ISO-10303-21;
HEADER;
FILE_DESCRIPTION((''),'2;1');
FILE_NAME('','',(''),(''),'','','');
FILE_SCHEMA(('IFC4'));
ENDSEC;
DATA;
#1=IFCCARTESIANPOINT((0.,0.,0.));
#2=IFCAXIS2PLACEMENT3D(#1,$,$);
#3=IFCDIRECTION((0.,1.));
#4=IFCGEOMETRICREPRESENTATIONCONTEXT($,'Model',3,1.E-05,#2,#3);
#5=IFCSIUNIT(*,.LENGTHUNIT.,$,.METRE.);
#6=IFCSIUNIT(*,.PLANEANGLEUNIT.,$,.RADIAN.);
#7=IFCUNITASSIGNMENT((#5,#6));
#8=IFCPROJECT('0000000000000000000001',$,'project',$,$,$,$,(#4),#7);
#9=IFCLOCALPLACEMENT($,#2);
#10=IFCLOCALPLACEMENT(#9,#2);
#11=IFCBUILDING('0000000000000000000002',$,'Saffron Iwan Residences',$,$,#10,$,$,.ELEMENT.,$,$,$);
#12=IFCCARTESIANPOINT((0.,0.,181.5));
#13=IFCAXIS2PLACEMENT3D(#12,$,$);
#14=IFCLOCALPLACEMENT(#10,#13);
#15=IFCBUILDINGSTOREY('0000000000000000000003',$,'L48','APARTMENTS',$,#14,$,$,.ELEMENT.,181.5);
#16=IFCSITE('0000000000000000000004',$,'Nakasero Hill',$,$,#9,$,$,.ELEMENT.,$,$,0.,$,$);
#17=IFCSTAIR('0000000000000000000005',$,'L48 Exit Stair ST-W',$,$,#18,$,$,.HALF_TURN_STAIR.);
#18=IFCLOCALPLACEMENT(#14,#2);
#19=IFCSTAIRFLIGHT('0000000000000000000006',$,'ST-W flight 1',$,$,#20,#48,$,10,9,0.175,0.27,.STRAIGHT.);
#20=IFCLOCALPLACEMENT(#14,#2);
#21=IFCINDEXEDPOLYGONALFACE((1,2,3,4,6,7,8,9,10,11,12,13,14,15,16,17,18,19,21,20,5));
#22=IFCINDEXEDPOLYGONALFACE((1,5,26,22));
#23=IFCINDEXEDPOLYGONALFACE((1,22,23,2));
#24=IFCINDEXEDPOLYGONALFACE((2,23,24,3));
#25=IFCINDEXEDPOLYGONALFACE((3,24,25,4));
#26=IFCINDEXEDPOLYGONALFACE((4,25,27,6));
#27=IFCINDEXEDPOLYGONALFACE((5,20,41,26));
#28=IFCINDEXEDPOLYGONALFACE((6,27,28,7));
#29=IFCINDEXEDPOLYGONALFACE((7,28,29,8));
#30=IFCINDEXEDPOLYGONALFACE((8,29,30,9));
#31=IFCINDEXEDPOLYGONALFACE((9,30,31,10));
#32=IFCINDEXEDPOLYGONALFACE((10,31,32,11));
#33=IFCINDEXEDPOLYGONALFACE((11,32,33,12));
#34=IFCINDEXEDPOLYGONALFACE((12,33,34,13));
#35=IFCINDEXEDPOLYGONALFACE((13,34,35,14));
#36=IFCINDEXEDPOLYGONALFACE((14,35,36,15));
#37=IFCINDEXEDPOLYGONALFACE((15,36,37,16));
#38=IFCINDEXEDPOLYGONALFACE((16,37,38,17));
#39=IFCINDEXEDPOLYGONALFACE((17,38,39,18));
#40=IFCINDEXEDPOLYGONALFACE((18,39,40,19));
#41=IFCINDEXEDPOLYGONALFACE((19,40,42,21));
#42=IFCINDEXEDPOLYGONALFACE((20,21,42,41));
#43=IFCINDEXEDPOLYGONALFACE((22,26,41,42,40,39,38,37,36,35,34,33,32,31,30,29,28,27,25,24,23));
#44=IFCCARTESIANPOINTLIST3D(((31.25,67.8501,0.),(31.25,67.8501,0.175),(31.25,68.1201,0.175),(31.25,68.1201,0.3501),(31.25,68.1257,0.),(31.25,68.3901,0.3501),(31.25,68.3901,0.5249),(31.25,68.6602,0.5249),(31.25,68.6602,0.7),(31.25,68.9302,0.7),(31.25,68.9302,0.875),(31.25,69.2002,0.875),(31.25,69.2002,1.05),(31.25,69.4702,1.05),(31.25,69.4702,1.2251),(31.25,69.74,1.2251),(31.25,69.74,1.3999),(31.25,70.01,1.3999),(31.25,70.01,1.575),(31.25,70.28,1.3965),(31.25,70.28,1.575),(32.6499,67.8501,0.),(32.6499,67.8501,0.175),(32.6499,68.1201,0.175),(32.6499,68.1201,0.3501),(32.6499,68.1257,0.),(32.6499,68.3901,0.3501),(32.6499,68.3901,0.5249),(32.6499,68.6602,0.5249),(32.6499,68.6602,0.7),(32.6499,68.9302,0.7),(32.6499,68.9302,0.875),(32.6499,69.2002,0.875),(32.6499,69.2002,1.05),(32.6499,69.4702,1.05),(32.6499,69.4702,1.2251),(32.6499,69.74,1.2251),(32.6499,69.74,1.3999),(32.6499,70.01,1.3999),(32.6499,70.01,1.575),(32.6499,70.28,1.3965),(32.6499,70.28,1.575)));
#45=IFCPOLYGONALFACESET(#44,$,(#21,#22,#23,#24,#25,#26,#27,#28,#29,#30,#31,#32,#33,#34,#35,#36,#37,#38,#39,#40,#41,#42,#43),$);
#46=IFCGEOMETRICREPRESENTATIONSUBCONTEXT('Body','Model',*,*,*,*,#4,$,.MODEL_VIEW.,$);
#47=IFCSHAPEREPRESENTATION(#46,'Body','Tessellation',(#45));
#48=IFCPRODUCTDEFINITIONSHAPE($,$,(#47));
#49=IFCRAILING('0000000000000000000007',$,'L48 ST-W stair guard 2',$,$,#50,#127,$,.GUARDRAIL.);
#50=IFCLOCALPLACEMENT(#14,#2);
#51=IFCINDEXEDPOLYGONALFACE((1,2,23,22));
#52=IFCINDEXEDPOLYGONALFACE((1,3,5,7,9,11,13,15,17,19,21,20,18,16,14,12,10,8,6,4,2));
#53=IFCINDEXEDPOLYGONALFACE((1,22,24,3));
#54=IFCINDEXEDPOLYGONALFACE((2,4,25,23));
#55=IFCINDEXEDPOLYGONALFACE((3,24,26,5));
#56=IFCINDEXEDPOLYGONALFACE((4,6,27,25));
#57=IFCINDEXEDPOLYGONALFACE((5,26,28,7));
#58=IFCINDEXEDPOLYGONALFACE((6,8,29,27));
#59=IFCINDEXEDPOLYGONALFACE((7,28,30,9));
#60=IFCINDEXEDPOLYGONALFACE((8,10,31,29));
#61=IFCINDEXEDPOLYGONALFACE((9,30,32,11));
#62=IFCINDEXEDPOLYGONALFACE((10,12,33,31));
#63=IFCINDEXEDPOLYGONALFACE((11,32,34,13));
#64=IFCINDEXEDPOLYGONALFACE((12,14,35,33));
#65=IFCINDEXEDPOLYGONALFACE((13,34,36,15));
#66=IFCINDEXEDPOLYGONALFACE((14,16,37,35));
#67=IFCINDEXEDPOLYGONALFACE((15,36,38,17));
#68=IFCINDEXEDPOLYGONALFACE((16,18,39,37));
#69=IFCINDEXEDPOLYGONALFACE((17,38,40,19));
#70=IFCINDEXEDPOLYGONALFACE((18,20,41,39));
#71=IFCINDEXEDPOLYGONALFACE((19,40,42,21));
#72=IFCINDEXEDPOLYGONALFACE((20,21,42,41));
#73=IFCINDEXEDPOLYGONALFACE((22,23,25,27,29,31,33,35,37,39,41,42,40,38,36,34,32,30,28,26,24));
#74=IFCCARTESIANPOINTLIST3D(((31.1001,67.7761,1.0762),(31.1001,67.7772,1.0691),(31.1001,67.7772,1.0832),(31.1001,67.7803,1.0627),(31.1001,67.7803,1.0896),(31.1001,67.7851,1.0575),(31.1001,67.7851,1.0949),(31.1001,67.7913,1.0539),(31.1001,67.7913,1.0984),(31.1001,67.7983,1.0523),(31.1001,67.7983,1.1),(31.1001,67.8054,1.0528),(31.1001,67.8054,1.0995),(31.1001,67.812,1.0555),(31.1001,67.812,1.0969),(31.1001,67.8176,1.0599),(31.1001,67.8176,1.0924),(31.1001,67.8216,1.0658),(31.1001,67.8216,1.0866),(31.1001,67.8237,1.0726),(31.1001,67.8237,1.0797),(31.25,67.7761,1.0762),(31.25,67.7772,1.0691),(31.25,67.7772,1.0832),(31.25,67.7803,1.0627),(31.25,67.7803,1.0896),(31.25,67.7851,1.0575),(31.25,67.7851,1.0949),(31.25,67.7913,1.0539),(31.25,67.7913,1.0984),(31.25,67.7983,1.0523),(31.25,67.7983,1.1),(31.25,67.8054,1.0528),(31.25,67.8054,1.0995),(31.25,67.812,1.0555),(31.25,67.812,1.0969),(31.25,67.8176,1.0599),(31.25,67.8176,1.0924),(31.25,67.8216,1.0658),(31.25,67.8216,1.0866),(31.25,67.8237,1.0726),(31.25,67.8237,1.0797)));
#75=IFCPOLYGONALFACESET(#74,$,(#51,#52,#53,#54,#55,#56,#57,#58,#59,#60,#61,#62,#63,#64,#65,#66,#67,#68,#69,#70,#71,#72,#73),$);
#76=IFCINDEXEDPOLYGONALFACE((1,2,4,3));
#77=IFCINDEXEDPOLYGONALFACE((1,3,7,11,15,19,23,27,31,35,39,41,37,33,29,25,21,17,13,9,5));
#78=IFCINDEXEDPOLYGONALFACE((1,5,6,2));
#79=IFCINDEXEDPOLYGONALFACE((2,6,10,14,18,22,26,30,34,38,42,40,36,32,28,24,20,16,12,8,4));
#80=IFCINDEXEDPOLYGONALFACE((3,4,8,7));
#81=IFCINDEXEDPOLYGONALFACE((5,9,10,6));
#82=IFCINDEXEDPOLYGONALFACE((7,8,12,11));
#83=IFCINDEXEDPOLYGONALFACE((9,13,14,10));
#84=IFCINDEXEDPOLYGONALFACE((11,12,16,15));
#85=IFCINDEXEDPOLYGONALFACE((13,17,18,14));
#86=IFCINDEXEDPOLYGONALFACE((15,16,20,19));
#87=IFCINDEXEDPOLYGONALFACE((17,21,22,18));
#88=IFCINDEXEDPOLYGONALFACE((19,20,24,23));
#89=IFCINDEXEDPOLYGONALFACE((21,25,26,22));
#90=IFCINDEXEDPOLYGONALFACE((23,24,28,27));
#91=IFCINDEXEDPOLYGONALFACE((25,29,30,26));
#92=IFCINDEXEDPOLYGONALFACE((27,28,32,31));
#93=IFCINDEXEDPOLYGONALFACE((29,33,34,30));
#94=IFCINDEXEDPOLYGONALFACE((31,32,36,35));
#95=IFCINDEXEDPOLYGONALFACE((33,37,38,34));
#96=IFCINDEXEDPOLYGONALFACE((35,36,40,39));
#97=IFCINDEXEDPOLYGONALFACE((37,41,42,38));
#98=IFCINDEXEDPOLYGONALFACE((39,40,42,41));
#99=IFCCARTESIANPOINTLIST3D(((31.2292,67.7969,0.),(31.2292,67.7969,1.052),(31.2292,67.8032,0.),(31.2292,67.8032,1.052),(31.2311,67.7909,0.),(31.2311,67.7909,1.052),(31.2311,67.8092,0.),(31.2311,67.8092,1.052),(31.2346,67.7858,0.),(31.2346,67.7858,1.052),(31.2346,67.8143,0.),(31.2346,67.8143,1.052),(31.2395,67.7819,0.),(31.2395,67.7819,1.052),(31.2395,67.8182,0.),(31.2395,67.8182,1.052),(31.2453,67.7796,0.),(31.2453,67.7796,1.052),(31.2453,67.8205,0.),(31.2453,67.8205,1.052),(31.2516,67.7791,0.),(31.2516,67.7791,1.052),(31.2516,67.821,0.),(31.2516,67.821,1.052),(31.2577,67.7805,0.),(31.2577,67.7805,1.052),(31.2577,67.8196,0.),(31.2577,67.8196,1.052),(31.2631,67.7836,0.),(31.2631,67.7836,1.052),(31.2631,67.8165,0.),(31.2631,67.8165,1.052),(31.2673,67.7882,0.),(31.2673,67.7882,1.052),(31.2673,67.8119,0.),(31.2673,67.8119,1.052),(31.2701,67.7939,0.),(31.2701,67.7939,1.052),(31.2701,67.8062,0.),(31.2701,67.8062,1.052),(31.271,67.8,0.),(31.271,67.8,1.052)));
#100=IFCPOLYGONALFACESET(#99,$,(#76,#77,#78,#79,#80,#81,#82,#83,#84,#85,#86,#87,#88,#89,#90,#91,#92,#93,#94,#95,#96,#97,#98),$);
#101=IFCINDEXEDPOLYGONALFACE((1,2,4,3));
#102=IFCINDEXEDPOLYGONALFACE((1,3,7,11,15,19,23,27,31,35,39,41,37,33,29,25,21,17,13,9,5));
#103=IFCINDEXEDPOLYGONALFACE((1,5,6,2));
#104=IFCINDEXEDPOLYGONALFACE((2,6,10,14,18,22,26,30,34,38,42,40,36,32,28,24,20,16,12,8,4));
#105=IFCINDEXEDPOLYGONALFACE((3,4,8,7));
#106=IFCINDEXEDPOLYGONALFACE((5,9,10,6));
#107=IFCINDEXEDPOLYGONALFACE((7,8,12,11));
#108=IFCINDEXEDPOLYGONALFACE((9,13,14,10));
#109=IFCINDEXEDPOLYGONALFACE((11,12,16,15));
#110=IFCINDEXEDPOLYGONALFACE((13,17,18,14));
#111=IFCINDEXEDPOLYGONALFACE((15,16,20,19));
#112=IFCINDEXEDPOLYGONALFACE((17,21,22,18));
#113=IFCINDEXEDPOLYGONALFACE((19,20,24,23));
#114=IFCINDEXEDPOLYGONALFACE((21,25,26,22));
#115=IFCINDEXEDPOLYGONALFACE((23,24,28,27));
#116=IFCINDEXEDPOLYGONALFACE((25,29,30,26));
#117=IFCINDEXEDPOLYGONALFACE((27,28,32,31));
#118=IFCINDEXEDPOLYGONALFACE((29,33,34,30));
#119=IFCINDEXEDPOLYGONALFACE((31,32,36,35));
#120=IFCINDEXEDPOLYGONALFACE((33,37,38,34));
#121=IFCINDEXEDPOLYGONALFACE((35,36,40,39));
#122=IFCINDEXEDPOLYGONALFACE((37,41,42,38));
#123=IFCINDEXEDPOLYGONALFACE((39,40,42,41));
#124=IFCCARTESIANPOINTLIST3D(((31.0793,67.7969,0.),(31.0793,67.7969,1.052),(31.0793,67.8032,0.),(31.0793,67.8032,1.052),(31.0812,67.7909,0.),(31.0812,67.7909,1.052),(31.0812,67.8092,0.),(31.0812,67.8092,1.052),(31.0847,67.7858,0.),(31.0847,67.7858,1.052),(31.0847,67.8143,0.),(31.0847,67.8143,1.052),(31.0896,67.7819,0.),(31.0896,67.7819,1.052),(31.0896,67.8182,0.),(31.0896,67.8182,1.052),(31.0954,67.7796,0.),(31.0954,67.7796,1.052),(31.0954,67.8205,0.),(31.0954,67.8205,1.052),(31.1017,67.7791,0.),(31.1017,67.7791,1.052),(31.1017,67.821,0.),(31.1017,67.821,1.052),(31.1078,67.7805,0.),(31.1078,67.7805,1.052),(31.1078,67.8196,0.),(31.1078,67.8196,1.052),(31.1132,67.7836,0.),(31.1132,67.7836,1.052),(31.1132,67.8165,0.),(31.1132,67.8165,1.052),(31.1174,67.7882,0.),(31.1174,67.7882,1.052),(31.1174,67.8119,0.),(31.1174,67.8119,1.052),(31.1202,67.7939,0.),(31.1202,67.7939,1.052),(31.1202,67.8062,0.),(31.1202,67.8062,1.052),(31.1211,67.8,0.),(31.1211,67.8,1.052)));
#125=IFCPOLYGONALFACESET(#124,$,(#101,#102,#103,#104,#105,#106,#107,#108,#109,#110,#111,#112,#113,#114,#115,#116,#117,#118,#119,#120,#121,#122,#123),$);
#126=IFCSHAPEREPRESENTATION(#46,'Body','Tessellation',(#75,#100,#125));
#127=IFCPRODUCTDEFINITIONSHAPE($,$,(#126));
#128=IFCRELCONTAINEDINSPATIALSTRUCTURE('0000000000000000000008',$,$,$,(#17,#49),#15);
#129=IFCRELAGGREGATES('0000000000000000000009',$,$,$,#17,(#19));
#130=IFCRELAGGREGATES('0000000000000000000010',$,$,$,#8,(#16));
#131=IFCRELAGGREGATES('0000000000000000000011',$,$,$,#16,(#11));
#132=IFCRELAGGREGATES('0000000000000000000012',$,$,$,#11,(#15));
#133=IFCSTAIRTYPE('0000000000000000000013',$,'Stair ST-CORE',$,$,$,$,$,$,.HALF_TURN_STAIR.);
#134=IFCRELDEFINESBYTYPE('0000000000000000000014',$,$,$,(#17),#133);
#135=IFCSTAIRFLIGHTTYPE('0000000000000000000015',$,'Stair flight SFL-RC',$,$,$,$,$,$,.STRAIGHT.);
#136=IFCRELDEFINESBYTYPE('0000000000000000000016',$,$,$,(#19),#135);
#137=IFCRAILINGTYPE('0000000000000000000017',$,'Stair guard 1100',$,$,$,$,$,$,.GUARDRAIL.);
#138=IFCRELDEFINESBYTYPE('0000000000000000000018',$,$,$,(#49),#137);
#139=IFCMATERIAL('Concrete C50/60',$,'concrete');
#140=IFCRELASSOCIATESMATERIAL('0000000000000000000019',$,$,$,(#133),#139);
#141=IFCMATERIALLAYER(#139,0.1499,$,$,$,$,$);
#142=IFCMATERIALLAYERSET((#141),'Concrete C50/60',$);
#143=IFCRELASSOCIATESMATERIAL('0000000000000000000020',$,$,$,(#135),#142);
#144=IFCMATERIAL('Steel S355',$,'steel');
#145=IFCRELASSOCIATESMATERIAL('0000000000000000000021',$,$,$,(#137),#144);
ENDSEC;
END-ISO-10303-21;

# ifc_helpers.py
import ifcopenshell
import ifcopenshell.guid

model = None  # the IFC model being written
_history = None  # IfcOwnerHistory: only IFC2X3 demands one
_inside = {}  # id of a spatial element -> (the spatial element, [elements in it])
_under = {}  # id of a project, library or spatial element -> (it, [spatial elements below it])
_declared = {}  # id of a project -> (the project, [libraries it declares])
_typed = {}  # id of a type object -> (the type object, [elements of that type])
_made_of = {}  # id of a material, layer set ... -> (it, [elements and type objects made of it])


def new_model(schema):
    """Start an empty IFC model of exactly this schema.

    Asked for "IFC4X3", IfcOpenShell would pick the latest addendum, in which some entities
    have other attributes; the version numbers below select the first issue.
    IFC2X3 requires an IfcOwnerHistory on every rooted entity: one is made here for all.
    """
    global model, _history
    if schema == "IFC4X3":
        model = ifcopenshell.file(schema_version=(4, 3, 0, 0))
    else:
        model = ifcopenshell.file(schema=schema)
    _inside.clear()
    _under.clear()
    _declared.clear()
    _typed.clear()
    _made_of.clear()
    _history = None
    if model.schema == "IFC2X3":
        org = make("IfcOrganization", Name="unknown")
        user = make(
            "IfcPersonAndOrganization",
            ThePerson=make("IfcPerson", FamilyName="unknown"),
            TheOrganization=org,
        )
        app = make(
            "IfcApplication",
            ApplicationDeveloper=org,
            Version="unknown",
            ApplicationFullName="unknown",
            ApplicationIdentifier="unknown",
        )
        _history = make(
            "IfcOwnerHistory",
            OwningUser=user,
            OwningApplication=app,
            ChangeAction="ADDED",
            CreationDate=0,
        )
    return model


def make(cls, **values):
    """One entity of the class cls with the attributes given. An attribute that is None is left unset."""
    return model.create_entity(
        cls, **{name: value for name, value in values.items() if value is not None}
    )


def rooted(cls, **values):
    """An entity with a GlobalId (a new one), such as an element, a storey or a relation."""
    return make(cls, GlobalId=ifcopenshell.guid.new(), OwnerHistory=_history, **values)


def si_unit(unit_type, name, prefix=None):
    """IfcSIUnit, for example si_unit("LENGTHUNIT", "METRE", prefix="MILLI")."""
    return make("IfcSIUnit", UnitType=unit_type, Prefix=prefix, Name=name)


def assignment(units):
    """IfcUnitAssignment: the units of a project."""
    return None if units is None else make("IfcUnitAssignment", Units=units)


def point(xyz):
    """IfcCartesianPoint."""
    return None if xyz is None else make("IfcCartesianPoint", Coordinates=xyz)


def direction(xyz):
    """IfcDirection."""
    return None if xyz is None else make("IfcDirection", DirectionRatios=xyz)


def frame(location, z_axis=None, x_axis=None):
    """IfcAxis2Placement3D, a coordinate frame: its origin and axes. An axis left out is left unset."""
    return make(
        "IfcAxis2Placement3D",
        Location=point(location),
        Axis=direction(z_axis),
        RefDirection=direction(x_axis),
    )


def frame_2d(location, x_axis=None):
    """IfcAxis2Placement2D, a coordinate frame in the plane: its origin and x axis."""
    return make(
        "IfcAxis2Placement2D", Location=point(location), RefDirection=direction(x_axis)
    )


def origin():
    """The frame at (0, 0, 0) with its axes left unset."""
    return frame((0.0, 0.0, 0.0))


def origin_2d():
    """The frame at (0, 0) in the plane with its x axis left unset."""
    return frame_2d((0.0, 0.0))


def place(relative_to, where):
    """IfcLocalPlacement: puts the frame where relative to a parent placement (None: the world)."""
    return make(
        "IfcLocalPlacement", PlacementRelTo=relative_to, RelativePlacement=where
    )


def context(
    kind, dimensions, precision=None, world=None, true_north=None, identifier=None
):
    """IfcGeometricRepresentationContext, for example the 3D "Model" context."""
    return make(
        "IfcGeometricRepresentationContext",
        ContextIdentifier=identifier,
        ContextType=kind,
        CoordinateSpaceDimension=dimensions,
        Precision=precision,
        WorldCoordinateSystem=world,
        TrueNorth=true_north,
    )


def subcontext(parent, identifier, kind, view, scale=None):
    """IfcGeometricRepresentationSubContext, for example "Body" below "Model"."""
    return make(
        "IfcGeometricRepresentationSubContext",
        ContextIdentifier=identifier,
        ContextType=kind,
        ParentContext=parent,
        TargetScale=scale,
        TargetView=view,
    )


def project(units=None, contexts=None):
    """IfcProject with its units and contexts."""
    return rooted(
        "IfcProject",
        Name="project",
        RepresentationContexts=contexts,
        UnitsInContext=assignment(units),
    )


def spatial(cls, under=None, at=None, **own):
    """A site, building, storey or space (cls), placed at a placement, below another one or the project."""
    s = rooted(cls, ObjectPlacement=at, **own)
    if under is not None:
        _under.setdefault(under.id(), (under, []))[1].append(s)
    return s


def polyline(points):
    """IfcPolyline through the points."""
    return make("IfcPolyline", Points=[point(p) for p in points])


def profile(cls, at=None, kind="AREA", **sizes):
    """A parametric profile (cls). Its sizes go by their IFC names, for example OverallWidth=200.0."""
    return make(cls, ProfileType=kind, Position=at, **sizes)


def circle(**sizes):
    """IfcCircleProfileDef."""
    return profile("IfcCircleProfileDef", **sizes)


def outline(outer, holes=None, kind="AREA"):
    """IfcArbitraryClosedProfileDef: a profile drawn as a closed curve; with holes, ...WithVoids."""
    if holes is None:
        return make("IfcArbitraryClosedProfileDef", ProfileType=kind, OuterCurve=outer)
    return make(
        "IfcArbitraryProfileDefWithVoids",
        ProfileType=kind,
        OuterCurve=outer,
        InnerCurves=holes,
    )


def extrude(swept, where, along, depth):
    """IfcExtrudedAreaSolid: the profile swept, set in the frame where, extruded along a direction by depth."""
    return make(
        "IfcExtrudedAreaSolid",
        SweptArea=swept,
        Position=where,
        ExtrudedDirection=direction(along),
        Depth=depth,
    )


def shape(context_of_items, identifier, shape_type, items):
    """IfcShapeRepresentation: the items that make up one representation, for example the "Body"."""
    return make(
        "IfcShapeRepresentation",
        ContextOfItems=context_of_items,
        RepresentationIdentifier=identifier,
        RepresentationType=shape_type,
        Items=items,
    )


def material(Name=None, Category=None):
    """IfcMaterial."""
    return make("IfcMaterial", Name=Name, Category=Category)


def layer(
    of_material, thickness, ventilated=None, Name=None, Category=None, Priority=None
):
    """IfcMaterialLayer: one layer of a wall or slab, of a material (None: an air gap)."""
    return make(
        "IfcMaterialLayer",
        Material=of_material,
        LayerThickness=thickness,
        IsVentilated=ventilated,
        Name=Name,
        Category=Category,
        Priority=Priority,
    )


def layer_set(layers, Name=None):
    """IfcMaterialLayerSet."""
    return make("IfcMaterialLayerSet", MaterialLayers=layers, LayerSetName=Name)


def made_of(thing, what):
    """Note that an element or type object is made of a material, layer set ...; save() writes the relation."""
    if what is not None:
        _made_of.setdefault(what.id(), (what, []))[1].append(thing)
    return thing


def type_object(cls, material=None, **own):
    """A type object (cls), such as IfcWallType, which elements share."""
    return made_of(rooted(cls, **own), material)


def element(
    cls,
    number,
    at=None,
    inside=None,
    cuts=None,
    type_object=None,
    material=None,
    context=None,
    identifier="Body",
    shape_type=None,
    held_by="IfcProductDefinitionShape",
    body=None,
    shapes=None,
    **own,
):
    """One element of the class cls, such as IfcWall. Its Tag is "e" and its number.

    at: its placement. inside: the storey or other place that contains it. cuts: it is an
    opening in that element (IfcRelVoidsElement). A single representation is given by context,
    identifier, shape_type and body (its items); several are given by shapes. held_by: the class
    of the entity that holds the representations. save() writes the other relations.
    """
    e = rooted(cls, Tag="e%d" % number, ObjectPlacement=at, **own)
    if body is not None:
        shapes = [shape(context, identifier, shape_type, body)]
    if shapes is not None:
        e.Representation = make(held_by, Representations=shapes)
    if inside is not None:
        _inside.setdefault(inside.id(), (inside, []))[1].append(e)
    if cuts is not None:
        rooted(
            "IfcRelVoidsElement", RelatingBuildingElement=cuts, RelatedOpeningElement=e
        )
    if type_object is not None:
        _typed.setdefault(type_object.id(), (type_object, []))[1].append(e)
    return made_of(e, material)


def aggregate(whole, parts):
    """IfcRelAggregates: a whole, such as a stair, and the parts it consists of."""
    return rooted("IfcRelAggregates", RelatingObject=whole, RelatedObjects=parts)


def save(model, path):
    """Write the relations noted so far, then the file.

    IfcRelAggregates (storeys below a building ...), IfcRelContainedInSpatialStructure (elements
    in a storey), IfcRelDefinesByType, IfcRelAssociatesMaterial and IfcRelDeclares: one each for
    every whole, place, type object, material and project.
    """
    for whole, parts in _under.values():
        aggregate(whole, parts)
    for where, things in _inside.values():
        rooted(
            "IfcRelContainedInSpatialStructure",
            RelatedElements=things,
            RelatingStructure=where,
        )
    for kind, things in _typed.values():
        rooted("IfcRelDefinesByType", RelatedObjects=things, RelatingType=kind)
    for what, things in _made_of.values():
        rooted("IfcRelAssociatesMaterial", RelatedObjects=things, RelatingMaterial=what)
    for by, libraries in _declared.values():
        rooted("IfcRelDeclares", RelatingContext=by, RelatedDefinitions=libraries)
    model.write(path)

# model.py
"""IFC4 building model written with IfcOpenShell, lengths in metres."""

from ifc_helpers import new_model, si_unit, direction, frame, origin, origin_2d, place, context, subcontext, project, spatial, polyline, circle, outline, extrude, material, layer, layer_set, type_object, element, aggregate, save


model = new_model("IFC4")

# Units and contexts
model_context = context("Model", 3, precision=1e-05, world=origin(), true_north=direction((0.0, 1.0)))
body_context = subcontext(model_context, "Body", "Model", "MODEL_VIEW")
ifc_project = project(units=[si_unit("LENGTHUNIT", "METRE"), si_unit("PLANEANGLEUNIT", "RADIAN")], contexts=[model_context])

# Site, building, storey
site_placement = place(None, origin())
site = spatial("IfcSite", under=ifc_project, at=site_placement, Name="Nakasero Hill", CompositionType="ELEMENT", RefElevation=0.0)
building_placement = place(site_placement, origin())
building = spatial("IfcBuilding", under=site, at=building_placement, Name="Saffron Iwan Residences", CompositionType="ELEMENT")
storey_placement = place(building_placement, frame((0.0, 0.0, 181.5)))
storey = spatial("IfcBuildingStorey", under=building, at=storey_placement, Name="L48", Description="APARTMENTS", CompositionType="ELEMENT", Elevation=181.5)

# Shared definitions
ifc_material_1 = material(Name="Concrete C50/60", Category="concrete")

# Stair, stair flight
stair_type = type_object("IfcStairType", Name="Stair ST-CORE", PredefinedType="HALF_TURN_STAIR", material=ifc_material_1)
stair_placement = place(storey_placement, origin())
stair = element("IfcStair", 1, at=stair_placement, inside=storey, type_object=stair_type, Name="L48 Exit Stair ST-W", PredefinedType="HALF_TURN_STAIR")
ifc_layer_1 = layer(ifc_material_1, 0.1499)
ifc_layer_set_1 = layer_set([ifc_layer_1], Name="Concrete C50/60")
stair_flight_type = type_object("IfcStairFlightType", Name="Stair flight SFL-RC", PredefinedType="STRAIGHT", material=ifc_layer_set_1)
stair_flight_placement = place(storey_placement, frame((31.95, 67.8501, 0.0), z_axis=(0.0, 0.0, 1.0), x_axis=(0.0, 1.0, 0.0)))
stair_flight = element("IfcStairFlight", 2, at=stair_flight_placement, type_object=stair_flight_type, Name="ST-W flight 1", NumberOfRisers=10, NumberOfTreads=9, PredefinedType="STRAIGHT", RiserHeight=0.175, TreadLength=0.27, context=body_context, shape_type="SweptSolid", body=[
    extrude(outline(polyline([(0.0, 0.0), (0.0, 0.175), (0.27, 0.175), (0.27, 0.3501), (0.54, 0.3501), (0.54, 0.5249), (0.8101, 0.5249), (0.8101, 0.7), (1.0801, 0.7), (1.0801, 0.875), (1.3501, 0.875), (1.3501, 1.05), (1.6201, 1.05), (1.6201, 1.2251), (1.8899, 1.2251), (1.8899, 1.3999), (2.1599, 1.3999), (2.1599, 1.575), (2.4299, 1.575), (2.4299, 1.75), (2.4299, 1.3965), (0.2756, 0.0), (0.0, 0.0)])), frame((0.0, 0.7, 0.0), z_axis=(0.0, -1.0, 0.0), x_axis=(1.0, 0.0, 0.0)), (0.0, 0.0, 1.0), 1.3999),
])
aggregate(stair, [stair_flight])

# Railing
ifc_material_2 = material(Name="Steel S355", Category="steel")
railing_type_1 = type_object("IfcRailingType", Name="Stair guard 1100", PredefinedType="GUARDRAIL", material=ifc_material_2)
railing_1_placement = place(storey_placement, frame((31.25, 67.8, 0.0)))
element("IfcRailing", 3, at=railing_1_placement, inside=storey, type_object=railing_type_1, Name="L48 ST-W stair guard 2", PredefinedType="GUARDRAIL", context=body_context, shape_type="SweptSolid", body=[
    extrude(circle(Radius=0.0239, at=origin_2d()), frame((0.0, 0.0, 1.0762), z_axis=(-1.0, 0.0, 0.0), x_axis=(0.0, -1.0, 0.0)), (0.0, 0.0, 1.0), 0.1499),
    extrude(circle(Radius=0.021, at=origin_2d()), origin(), (0.0, 0.0, 1.0), 1.052),
    extrude(circle(Radius=0.021, at=origin_2d()), frame((-0.1499, 0.0, 0.0)), (0.0, 0.0, 1.0), 1.052),
])

save(model, "model.ifc")
